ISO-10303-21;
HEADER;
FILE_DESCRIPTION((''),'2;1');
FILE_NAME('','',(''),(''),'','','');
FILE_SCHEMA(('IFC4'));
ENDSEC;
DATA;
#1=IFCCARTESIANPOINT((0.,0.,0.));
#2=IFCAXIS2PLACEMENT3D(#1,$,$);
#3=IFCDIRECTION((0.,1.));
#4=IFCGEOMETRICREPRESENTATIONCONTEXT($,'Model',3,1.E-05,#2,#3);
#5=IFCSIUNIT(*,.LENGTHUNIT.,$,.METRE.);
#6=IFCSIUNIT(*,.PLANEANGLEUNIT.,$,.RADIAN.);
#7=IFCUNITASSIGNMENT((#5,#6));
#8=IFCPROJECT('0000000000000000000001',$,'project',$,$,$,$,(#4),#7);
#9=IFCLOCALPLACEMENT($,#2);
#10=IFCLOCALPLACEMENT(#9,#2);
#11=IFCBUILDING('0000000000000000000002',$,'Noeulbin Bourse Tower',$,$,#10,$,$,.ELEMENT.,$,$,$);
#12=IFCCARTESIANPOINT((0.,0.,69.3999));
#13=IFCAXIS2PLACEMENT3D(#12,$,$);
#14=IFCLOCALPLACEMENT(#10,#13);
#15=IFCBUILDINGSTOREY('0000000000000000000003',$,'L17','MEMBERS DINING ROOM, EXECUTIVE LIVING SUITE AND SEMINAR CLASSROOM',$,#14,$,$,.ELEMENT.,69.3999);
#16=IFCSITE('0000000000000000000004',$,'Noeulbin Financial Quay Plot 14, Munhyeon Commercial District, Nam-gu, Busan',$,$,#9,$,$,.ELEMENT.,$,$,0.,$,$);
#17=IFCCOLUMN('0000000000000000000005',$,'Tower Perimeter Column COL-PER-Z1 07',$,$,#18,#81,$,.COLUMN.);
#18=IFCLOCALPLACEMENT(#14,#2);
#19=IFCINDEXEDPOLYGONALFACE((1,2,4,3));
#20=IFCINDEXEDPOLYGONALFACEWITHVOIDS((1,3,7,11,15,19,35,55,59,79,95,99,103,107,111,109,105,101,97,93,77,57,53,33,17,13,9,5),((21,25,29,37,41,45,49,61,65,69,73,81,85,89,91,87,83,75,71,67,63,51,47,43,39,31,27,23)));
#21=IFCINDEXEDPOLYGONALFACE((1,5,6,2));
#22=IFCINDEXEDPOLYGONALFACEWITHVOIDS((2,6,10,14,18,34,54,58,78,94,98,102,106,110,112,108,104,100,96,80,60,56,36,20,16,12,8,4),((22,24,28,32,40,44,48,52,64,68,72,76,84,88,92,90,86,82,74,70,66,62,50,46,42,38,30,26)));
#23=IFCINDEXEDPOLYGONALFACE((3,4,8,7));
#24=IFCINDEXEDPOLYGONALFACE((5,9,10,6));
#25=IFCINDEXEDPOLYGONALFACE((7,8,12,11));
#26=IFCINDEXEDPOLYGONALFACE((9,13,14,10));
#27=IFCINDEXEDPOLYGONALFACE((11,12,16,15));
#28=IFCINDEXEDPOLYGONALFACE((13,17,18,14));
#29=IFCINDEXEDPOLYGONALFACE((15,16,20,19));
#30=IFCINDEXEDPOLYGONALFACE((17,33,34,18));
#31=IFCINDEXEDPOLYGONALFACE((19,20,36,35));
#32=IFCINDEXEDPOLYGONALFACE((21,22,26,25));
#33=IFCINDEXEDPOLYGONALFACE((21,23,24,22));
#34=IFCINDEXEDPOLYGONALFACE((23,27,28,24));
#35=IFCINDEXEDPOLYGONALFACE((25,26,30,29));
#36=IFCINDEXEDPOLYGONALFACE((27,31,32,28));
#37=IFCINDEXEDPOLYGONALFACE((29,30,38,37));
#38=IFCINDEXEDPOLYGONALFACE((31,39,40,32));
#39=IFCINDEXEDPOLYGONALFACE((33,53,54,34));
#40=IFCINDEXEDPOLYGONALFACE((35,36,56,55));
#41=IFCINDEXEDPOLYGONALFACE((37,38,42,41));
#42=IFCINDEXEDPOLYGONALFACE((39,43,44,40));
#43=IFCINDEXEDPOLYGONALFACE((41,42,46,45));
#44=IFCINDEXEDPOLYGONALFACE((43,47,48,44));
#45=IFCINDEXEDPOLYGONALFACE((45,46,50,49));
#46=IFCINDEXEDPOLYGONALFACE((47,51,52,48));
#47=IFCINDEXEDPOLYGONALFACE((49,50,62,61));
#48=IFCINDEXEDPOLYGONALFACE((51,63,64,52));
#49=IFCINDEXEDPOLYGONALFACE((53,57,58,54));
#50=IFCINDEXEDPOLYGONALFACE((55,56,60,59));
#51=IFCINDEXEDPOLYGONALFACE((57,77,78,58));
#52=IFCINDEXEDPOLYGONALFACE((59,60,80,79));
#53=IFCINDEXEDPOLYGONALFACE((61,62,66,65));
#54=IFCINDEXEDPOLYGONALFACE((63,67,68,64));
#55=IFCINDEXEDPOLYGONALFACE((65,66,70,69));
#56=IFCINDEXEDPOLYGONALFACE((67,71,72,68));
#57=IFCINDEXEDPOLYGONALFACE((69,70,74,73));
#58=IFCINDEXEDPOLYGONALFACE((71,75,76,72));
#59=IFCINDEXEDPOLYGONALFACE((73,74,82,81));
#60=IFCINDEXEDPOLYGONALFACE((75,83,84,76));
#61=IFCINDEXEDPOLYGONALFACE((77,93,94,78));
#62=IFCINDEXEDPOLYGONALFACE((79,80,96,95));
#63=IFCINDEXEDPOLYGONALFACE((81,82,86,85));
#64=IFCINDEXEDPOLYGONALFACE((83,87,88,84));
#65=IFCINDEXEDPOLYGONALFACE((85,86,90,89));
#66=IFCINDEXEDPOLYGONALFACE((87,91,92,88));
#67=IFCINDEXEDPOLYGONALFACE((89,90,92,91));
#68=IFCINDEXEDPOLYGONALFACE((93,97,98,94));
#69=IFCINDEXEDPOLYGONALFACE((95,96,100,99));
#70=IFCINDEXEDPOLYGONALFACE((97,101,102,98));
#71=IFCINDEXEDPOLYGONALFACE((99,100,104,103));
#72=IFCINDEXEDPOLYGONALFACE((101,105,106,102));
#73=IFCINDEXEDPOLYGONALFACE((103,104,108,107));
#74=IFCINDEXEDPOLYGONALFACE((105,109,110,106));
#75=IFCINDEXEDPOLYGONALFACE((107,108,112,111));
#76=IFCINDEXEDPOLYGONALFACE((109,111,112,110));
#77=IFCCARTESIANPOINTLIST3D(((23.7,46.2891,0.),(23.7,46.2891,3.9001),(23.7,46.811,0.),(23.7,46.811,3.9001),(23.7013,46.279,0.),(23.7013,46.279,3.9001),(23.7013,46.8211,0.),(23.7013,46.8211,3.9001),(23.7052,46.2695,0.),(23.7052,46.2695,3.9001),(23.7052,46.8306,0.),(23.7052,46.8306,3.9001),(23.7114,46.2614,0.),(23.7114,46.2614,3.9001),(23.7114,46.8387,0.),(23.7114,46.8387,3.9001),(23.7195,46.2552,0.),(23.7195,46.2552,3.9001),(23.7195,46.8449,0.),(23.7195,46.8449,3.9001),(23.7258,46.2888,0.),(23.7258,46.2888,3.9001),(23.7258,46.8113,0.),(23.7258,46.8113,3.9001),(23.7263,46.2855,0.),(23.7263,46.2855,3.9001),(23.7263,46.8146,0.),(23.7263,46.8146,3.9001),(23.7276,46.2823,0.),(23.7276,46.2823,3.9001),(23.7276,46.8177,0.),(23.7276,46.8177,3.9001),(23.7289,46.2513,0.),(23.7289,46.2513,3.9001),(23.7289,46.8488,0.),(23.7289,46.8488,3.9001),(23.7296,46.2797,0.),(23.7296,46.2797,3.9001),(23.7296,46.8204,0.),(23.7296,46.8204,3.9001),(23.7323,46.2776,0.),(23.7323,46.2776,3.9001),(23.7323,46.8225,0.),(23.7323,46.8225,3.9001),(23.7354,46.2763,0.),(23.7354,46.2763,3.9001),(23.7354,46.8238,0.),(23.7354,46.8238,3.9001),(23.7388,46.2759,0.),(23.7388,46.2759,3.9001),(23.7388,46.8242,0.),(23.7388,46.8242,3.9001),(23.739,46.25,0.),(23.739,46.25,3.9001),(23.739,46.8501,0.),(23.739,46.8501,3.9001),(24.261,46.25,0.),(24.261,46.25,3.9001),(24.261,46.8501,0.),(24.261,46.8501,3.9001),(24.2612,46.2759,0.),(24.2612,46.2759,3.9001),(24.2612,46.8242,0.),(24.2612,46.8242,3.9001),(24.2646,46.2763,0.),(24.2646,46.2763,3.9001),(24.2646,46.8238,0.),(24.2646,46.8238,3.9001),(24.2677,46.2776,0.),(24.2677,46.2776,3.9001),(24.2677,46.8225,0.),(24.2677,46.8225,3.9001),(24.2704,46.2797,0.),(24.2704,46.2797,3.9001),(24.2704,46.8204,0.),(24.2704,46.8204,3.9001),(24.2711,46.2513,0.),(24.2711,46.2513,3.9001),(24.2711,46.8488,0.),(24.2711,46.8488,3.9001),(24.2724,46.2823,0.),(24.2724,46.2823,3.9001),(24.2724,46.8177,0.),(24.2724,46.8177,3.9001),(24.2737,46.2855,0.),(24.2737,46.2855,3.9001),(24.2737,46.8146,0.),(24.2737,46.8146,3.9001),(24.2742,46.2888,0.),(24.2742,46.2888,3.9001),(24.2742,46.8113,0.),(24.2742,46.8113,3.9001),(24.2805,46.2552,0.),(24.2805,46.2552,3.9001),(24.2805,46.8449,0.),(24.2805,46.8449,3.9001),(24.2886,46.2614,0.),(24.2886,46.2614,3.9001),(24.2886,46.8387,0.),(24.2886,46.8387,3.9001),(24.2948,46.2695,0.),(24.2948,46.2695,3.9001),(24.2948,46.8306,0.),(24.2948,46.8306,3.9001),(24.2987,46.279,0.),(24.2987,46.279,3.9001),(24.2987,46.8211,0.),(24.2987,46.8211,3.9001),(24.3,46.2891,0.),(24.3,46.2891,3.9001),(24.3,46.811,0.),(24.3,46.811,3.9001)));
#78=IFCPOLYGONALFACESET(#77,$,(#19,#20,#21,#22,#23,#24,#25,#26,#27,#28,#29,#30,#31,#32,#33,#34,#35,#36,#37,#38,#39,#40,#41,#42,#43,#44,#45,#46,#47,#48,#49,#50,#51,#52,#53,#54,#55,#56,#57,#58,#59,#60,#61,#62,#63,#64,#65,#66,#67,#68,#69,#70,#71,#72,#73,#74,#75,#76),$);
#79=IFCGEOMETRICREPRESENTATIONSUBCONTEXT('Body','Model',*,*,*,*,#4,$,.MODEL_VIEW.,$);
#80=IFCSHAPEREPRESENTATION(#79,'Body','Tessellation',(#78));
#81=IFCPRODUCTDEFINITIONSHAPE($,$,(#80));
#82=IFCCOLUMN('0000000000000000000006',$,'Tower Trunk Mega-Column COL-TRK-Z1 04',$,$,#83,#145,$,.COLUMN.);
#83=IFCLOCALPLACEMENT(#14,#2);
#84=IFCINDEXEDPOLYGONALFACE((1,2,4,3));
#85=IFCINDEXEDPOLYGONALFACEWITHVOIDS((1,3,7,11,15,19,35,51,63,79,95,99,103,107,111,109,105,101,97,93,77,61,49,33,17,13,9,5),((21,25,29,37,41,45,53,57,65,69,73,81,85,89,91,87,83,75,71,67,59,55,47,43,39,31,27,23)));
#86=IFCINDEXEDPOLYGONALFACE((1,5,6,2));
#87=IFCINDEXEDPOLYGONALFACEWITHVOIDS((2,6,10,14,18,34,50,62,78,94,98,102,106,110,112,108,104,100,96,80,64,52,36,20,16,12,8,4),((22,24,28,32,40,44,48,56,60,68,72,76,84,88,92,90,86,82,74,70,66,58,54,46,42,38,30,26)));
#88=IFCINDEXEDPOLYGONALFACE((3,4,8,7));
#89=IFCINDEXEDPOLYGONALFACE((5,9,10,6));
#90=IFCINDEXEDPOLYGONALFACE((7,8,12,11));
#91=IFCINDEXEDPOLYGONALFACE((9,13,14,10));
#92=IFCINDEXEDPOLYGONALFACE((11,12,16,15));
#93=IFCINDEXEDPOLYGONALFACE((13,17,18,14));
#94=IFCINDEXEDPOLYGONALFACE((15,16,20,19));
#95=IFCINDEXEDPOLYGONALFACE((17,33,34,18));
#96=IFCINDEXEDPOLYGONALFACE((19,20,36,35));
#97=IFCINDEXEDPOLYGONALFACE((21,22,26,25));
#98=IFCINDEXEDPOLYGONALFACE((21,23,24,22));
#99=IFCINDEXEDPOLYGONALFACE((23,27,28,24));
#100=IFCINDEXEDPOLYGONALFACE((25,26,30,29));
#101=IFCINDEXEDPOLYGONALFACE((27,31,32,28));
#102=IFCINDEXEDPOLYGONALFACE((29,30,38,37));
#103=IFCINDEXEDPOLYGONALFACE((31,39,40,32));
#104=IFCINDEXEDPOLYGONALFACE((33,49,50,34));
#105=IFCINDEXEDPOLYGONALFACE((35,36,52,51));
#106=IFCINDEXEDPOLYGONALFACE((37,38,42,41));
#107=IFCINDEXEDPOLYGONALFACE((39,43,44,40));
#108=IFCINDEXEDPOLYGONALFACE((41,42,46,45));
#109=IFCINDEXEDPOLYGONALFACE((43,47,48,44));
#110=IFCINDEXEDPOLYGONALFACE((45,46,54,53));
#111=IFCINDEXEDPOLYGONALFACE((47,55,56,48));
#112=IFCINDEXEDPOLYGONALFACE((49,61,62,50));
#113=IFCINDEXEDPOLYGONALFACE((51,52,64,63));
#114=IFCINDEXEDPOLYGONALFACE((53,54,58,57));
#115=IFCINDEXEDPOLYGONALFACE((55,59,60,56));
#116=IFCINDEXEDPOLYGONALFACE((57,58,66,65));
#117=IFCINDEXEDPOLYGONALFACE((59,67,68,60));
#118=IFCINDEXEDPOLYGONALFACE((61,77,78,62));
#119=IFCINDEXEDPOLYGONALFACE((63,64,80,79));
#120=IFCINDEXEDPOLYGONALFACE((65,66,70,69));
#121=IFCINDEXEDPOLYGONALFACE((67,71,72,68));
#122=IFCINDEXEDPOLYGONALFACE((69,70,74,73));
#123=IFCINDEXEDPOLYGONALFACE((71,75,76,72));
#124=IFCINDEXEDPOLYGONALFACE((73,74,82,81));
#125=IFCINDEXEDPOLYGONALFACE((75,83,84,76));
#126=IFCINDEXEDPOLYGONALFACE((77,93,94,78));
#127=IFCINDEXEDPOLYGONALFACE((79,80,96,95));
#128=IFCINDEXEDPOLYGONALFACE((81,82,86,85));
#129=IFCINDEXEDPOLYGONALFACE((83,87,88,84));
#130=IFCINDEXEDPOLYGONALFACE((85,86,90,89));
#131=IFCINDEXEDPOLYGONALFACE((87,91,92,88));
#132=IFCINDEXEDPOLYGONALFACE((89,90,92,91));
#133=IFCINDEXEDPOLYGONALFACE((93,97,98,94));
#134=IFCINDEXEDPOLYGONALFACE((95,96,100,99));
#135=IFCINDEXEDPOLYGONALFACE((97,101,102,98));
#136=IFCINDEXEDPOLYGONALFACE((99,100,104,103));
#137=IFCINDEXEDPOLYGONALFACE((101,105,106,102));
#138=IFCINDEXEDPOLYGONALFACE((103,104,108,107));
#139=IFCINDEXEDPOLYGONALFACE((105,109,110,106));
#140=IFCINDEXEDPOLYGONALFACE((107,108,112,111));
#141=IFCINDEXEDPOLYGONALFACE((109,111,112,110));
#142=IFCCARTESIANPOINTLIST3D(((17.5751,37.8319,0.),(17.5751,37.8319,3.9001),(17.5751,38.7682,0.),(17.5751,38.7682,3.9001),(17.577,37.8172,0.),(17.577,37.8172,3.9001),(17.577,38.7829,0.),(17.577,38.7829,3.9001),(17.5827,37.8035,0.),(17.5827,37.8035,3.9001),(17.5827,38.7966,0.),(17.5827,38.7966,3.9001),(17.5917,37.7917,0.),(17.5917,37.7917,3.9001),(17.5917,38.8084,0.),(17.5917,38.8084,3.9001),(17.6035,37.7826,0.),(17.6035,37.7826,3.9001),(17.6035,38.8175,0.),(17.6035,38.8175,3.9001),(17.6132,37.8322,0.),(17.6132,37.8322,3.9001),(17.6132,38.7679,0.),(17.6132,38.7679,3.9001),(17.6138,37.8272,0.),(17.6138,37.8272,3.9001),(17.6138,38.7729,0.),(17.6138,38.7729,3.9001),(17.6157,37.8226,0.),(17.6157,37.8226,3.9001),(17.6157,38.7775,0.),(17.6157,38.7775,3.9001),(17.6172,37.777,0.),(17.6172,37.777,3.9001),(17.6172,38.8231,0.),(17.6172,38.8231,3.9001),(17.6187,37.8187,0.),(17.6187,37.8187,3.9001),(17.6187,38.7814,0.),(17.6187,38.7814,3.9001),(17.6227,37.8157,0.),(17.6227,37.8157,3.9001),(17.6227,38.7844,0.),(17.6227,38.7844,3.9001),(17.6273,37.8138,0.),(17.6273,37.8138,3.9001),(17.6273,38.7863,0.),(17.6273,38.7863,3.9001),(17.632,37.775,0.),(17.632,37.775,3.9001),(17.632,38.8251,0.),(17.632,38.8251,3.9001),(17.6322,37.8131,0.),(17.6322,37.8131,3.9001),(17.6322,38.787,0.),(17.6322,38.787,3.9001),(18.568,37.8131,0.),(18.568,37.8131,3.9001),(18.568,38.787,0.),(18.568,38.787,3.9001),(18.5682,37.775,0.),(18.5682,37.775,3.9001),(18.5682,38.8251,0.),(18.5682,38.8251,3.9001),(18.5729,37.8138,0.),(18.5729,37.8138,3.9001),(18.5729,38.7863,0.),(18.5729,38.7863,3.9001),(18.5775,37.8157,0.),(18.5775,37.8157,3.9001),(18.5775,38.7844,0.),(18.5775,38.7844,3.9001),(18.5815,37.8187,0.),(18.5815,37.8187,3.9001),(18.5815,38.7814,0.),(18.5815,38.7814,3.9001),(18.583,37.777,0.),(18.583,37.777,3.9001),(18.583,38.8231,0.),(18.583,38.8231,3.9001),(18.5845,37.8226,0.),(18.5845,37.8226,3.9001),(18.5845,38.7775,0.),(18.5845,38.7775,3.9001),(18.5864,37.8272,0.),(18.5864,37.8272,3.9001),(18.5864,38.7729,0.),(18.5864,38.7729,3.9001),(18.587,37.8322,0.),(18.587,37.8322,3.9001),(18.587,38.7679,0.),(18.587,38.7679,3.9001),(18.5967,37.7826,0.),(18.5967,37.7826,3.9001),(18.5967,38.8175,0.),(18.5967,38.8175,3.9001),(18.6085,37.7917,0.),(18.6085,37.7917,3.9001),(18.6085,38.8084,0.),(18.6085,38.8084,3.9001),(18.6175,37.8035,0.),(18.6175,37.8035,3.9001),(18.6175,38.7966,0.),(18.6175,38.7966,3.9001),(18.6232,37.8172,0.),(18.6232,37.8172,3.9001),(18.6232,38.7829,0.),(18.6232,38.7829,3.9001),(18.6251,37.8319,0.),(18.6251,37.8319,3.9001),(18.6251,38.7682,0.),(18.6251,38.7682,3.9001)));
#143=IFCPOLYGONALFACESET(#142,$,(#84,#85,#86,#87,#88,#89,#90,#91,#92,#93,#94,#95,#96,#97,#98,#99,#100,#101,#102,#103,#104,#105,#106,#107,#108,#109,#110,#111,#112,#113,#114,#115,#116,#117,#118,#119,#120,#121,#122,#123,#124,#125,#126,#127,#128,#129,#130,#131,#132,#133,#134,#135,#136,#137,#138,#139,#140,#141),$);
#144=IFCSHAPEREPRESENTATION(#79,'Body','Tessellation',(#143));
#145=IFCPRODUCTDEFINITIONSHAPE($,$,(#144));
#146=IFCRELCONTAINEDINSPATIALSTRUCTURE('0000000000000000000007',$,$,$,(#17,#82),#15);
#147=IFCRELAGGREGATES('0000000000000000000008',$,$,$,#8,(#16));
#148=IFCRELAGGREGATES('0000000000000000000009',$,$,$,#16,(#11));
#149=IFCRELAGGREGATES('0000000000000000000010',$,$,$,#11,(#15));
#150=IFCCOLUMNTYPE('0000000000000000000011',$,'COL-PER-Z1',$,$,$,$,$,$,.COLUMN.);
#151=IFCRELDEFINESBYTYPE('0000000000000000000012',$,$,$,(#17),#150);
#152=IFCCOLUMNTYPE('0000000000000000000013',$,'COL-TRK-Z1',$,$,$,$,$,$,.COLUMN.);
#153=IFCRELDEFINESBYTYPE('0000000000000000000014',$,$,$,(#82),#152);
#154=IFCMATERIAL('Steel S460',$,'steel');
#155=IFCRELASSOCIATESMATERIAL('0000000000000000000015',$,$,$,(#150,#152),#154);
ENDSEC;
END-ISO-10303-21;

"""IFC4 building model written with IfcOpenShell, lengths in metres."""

from ifc_helpers import new_model, si_unit, direction, frame, origin, origin_2d, place, context, subcontext, project, spatial, hollow_rectangle, extrude, material, material_profile, profile_set, type_object, element, save


model = new_model("IFC4")

# Units and contexts
model_context = context("Model", 3, precision=1e-05, world=origin(), true_north=direction((0.0, 1.0)))
body_context = subcontext(model_context, "Body", "Model", "MODEL_VIEW")
ifc_project = project(units=[si_unit("LENGTHUNIT", "METRE"), si_unit("PLANEANGLEUNIT", "RADIAN")], contexts=[model_context])

# Site, building, storey
site_placement = place(None, origin())
site = spatial("IfcSite", under=ifc_project, at=site_placement, Name="Noeulbin Financial Quay Plot 14, Munhyeon Commercial District, Nam-gu, Busan", CompositionType="ELEMENT", RefElevation=0.0)
building_placement = place(site_placement, origin())
building = spatial("IfcBuilding", under=site, at=building_placement, Name="Noeulbin Bourse Tower", CompositionType="ELEMENT")
storey_placement = place(building_placement, frame((0.0, 0.0, 69.3999)))
storey = spatial("IfcBuildingStorey", under=building, at=storey_placement, Name="L17", Description="MEMBERS DINING ROOM, EXECUTIVE LIVING SUITE AND SEMINAR CLASSROOM", CompositionType="ELEMENT", Elevation=69.3999)

# Columns
ifc_material_1 = material(Name="Steel S460", Category="steel")
ifc_material_profile_1 = material_profile(ifc_material_1, hollow_rectangle(XDim=0.6001, YDim=0.6001, WallThickness=0.0259, InnerFilletRadius=0.0129, OuterFilletRadius=0.0391, at=origin_2d()), Name="BOX-600x600x26", Category="LoadBearing")
ifc_profile_set_1 = profile_set([ifc_material_profile_1], Name="Steel S460")
column_type_1 = type_object("IfcColumnType", Name="COL-PER-Z1", PredefinedType="COLUMN", material=ifc_profile_set_1)
column_placement = place(storey_placement, frame((24.0, 46.55, 0.0), z_axis=(0.0, 0.0, 1.0), x_axis=(1.0, 0.0, 0.0)))
element("IfcColumn", 1, at=column_placement, inside=storey, type_object=column_type_1, Name="Tower Perimeter Column COL-PER-Z1 07", PredefinedType="COLUMN", context=body_context, shape_type="SweptSolid", body=[
    extrude(hollow_rectangle(XDim=0.6001, YDim=0.6001, WallThickness=0.0259, InnerFilletRadius=0.0129, OuterFilletRadius=0.0391, at=origin_2d()), origin(), (0.0, 0.0, 1.0), 3.9001),
])
ifc_material_profile_2 = material_profile(ifc_material_1, hollow_rectangle(XDim=1.05, YDim=1.05, WallThickness=0.0381, InnerFilletRadius=0.019, OuterFilletRadius=0.0569, at=origin_2d()), Name="BOX-1050x1050x38", Category="LoadBearing")
ifc_profile_set_2 = profile_set([ifc_material_profile_2], Name="Steel S460")
column_type_2 = type_object("IfcColumnType", Name="COL-TRK-Z1", PredefinedType="COLUMN", material=ifc_profile_set_2)
for number, where, z_axis, x_axis, name in (
    (2, (18.1001, 38.3, 0.0), (0.0, 0.0, 1.0), (1.0, 0.0, 0.0), "Tower Trunk Mega-Column COL-TRK-Z1 04"),
):
    element("IfcColumn", number, at=place(storey_placement, frame(where, z_axis=z_axis, x_axis=x_axis)), inside=storey, type_object=column_type_2, Name=name, PredefinedType="COLUMN", context=body_context, shape_type="SweptSolid", body=[
        extrude(hollow_rectangle(XDim=1.05, YDim=1.05, WallThickness=0.0381, InnerFilletRadius=0.019, OuterFilletRadius=0.0569, at=origin_2d()), origin(), (0.0, 0.0, 1.0), 3.9001),
    ])

save(model, "model.ifc")
